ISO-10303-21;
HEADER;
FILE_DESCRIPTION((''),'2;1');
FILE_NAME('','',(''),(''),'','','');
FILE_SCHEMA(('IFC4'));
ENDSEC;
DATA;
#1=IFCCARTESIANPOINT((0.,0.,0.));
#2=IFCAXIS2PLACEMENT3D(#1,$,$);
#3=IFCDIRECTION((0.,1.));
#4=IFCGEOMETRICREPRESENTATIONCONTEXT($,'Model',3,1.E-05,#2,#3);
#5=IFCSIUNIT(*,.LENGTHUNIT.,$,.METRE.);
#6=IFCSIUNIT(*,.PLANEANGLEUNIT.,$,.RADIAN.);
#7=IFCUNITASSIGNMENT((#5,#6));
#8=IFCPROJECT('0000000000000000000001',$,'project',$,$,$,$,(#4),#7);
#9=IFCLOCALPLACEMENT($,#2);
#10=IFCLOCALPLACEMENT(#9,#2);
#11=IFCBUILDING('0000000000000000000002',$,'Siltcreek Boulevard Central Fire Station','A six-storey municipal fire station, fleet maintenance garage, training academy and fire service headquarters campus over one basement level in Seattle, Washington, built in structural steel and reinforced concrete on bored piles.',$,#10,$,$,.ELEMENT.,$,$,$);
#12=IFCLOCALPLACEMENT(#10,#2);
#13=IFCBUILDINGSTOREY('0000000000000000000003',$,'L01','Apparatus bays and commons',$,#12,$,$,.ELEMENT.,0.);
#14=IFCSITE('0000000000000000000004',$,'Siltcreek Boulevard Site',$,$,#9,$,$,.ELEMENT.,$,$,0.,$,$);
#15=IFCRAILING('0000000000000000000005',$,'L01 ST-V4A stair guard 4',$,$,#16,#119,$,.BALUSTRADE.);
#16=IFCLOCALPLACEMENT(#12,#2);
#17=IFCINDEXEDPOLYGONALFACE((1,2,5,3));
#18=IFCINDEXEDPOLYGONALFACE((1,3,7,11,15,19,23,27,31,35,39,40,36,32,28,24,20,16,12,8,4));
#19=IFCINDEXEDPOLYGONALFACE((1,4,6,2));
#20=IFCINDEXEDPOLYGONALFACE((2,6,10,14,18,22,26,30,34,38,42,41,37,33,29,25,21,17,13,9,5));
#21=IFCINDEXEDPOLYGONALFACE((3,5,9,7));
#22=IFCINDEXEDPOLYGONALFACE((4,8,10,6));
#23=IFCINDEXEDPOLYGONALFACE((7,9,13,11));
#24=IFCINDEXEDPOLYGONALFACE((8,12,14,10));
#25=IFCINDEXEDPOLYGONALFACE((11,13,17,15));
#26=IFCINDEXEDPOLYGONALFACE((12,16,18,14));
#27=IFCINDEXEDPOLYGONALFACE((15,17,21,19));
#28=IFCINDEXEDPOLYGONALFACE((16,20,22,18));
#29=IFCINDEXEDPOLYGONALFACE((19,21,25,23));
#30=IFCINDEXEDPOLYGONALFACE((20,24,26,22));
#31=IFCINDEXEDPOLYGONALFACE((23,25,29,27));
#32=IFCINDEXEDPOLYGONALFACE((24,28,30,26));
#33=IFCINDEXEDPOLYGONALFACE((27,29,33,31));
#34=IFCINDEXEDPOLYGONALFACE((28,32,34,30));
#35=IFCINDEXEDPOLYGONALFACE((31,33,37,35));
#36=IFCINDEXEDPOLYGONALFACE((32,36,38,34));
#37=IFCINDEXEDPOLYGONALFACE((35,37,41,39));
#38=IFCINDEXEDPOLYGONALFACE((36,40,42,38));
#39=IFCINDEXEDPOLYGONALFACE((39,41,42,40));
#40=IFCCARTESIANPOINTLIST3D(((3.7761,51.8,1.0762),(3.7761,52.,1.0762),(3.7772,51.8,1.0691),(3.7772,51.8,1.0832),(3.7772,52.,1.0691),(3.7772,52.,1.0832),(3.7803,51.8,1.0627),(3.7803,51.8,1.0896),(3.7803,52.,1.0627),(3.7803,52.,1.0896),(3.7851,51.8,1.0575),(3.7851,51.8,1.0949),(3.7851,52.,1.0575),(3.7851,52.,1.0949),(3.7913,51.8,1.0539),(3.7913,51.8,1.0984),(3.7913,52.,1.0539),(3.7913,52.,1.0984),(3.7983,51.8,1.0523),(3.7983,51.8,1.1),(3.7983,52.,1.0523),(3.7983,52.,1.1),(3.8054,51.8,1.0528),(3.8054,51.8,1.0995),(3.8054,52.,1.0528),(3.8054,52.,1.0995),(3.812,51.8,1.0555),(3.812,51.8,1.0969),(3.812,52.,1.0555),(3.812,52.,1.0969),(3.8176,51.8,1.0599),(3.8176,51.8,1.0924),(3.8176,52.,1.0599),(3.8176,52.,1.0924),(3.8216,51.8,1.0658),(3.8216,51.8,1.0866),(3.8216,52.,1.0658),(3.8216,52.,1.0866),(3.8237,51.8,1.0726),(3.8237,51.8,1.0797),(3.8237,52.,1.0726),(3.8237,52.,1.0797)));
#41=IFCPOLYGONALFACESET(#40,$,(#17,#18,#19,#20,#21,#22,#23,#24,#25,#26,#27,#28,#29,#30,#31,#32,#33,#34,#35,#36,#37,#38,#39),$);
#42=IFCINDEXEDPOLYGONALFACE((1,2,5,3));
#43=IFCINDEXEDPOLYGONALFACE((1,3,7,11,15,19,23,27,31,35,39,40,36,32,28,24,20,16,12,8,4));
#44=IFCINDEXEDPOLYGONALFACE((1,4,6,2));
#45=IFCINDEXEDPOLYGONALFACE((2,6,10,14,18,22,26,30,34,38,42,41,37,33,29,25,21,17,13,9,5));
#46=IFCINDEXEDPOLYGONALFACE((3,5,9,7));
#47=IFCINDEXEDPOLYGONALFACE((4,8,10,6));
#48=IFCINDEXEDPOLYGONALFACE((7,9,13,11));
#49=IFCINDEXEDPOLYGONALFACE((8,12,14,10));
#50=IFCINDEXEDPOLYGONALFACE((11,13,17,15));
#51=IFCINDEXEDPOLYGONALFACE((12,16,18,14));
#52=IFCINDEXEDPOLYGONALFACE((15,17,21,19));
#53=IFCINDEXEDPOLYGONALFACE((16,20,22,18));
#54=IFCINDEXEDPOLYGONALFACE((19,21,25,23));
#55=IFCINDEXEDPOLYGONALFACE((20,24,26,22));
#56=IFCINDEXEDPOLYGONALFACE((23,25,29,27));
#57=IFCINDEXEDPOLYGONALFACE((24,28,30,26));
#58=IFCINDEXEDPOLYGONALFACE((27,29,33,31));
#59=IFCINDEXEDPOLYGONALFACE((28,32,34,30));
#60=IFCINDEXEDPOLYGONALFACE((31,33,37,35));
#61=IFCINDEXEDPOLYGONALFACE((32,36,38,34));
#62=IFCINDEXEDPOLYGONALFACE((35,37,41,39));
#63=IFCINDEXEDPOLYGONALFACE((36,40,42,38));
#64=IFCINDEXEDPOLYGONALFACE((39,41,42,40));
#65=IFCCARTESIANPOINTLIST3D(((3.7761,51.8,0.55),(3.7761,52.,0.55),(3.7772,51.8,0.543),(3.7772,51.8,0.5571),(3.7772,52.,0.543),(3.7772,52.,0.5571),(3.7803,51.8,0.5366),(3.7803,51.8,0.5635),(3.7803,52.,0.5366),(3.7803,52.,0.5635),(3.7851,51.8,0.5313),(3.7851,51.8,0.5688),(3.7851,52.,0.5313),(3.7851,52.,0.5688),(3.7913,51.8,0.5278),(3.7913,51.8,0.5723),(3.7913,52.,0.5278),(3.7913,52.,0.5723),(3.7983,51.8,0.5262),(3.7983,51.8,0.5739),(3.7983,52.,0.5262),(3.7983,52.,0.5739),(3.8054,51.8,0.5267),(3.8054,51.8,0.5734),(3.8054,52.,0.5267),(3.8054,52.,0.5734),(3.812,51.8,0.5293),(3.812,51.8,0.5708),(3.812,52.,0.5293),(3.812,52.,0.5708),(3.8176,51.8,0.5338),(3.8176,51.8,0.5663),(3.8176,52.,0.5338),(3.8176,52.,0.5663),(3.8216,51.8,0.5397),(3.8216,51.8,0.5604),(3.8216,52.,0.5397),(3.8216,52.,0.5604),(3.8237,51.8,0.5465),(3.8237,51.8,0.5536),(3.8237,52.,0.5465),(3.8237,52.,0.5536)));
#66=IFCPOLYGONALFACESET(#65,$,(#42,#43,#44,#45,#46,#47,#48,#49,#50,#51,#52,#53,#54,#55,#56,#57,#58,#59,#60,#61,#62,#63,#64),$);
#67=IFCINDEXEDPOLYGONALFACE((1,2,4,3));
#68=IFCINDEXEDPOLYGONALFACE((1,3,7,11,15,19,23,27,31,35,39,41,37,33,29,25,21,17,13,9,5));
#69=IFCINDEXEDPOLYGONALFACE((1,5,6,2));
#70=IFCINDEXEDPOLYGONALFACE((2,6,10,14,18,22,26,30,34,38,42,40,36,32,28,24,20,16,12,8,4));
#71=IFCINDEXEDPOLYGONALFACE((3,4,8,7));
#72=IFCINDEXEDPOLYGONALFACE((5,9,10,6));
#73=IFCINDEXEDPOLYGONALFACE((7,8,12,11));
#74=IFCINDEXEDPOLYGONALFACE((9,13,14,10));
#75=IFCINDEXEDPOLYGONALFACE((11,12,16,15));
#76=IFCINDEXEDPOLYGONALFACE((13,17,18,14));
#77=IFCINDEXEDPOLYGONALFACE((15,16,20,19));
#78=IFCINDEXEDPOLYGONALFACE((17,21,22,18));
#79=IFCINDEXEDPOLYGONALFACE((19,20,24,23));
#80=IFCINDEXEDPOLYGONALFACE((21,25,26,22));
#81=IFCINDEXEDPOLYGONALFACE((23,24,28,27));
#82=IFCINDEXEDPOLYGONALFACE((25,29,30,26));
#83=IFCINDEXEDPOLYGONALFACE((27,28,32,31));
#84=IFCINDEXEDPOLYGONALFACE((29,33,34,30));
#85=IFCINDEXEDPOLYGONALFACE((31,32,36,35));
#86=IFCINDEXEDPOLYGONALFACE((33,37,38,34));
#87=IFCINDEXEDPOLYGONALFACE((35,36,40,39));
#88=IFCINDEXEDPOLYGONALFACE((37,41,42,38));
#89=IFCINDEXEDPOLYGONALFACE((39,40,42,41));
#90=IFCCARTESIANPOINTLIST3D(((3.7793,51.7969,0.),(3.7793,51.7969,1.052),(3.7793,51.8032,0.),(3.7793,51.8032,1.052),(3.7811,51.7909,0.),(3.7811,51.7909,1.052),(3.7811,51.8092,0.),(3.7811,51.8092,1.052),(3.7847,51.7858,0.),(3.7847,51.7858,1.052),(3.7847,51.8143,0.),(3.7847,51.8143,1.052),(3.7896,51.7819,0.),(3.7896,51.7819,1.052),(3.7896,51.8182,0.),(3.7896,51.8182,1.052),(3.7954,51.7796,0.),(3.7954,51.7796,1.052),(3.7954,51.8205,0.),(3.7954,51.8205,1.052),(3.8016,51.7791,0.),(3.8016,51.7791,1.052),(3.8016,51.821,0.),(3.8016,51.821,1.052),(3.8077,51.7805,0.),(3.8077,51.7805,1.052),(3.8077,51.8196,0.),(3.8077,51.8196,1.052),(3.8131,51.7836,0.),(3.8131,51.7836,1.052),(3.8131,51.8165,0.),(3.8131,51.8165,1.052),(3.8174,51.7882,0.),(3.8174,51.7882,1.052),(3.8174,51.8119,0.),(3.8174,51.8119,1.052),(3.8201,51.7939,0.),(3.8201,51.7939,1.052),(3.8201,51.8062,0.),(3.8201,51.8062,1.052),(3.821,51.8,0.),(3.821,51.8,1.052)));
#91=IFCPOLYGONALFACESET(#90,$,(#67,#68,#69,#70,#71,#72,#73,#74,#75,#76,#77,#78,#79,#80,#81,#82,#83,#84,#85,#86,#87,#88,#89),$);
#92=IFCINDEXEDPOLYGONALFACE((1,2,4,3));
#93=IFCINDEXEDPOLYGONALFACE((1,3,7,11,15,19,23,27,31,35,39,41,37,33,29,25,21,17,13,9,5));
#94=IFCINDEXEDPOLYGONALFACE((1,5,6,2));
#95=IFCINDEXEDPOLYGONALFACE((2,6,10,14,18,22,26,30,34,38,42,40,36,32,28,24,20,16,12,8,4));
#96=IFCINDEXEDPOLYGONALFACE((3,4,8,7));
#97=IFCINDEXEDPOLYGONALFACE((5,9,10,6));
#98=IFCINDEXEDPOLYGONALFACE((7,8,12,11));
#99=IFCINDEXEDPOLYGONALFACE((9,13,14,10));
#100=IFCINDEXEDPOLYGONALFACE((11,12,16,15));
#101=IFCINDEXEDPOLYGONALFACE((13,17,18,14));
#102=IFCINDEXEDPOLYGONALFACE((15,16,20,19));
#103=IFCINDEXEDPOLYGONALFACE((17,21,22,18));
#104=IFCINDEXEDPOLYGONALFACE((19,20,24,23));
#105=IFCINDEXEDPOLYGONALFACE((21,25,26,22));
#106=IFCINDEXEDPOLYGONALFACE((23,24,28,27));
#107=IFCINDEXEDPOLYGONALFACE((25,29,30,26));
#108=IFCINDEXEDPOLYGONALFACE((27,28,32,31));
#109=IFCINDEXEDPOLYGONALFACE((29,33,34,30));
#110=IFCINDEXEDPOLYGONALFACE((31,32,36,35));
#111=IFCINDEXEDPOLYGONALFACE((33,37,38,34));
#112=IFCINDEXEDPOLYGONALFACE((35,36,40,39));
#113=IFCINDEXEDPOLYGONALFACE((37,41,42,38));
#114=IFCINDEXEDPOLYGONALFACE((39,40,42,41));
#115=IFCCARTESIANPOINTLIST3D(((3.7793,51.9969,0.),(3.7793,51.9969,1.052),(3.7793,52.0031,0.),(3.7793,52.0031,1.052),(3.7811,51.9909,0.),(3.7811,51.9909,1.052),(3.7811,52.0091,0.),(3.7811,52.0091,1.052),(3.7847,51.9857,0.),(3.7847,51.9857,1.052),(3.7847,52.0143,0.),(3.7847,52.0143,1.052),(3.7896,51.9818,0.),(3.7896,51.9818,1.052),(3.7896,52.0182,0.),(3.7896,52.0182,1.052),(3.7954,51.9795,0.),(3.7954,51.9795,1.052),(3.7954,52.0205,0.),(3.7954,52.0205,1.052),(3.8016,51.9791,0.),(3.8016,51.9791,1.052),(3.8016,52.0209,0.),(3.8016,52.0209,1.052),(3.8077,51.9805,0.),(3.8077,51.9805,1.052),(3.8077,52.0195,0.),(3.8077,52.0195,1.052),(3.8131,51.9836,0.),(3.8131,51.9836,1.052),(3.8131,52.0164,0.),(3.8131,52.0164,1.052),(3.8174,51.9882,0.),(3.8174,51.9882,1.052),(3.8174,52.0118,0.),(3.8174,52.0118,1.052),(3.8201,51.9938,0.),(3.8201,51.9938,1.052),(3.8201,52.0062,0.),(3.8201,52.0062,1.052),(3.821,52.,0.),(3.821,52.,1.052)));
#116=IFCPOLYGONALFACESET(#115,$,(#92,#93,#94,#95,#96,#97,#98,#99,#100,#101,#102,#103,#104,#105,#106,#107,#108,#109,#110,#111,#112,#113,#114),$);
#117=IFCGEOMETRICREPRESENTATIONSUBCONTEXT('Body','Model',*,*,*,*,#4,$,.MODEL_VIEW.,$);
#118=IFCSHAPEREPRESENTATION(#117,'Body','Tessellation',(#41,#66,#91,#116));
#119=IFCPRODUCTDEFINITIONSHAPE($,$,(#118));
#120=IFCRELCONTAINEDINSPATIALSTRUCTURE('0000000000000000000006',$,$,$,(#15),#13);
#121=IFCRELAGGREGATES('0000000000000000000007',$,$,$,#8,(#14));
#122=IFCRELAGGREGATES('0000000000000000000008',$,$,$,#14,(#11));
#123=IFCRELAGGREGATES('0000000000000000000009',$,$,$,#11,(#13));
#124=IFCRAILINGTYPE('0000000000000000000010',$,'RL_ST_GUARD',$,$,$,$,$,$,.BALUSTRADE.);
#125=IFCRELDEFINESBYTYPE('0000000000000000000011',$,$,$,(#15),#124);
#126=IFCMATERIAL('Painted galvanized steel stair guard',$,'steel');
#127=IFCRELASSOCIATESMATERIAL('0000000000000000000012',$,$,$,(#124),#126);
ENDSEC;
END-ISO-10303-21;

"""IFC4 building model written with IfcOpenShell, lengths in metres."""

from ifc_helpers import new_model, si_unit, direction, frame, origin, origin_2d, place, context, subcontext, project, spatial, circle, extrude, material, type_object, element, save


model = new_model("IFC4")

# Units and contexts
model_context = context("Model", 3, precision=1e-05, world=origin(), true_north=direction((0.0, 1.0)))
body_context = subcontext(model_context, "Body", "Model", "MODEL_VIEW")
ifc_project = project(units=[si_unit("LENGTHUNIT", "METRE"), si_unit("PLANEANGLEUNIT", "RADIAN")], contexts=[model_context])

# Site, building, storey
site_placement = place(None, origin())
site = spatial("IfcSite", under=ifc_project, at=site_placement, Name="Siltcreek Boulevard Site", CompositionType="ELEMENT", RefElevation=0.0)
building_placement = place(site_placement, origin())
building = spatial("IfcBuilding", under=site, at=building_placement, Name="Siltcreek Boulevard Central Fire Station", Description="A six-storey municipal fire station, fleet maintenance garage, training academy and fire service headquarters campus over one basement level in Seattle, Washington, built in structural steel and reinforced concrete on bored piles.", CompositionType="ELEMENT")
storey_placement = place(building_placement, origin())
storey = spatial("IfcBuildingStorey", under=building, at=storey_placement, Name="L01", Description="Apparatus bays and commons", CompositionType="ELEMENT", Elevation=0.0)

# Railing
ifc_material_1 = material(Name="Painted galvanized steel stair guard", Category="steel")
railing_type = type_object("IfcRailingType", Name="RL_ST_GUARD", PredefinedType="BALUSTRADE", material=ifc_material_1)
railing_1_placement = place(storey_placement, frame((3.8, 51.8, 0.0)))
element("IfcRailing", 1, at=railing_1_placement, inside=storey, type_object=railing_type, Name="L01 ST-V4A stair guard 4", PredefinedType="BALUSTRADE", context=body_context, shape_type="SweptSolid", body=[
    extrude(circle(Radius=0.0239, at=origin_2d()), frame((0.0, 0.0, 1.0762), z_axis=(0.0, 1.0, 0.0), x_axis=(-1.0, 0.0, 0.0)), (0.0, 0.0, 1.0), 0.2),
    extrude(circle(Radius=0.0239, at=origin_2d()), frame((0.0, 0.0, 0.55), z_axis=(0.0, 1.0, 0.0), x_axis=(-1.0, 0.0, 0.0)), (0.0, 0.0, 1.0), 0.2),
    extrude(circle(Radius=0.021, at=origin_2d()), origin(), (0.0, 0.0, 1.0), 1.052),
    extrude(circle(Radius=0.021, at=origin_2d()), frame((0.0, 0.2, 0.0)), (0.0, 0.0, 1.0), 1.052),
])

save(model, "model.ifc")
